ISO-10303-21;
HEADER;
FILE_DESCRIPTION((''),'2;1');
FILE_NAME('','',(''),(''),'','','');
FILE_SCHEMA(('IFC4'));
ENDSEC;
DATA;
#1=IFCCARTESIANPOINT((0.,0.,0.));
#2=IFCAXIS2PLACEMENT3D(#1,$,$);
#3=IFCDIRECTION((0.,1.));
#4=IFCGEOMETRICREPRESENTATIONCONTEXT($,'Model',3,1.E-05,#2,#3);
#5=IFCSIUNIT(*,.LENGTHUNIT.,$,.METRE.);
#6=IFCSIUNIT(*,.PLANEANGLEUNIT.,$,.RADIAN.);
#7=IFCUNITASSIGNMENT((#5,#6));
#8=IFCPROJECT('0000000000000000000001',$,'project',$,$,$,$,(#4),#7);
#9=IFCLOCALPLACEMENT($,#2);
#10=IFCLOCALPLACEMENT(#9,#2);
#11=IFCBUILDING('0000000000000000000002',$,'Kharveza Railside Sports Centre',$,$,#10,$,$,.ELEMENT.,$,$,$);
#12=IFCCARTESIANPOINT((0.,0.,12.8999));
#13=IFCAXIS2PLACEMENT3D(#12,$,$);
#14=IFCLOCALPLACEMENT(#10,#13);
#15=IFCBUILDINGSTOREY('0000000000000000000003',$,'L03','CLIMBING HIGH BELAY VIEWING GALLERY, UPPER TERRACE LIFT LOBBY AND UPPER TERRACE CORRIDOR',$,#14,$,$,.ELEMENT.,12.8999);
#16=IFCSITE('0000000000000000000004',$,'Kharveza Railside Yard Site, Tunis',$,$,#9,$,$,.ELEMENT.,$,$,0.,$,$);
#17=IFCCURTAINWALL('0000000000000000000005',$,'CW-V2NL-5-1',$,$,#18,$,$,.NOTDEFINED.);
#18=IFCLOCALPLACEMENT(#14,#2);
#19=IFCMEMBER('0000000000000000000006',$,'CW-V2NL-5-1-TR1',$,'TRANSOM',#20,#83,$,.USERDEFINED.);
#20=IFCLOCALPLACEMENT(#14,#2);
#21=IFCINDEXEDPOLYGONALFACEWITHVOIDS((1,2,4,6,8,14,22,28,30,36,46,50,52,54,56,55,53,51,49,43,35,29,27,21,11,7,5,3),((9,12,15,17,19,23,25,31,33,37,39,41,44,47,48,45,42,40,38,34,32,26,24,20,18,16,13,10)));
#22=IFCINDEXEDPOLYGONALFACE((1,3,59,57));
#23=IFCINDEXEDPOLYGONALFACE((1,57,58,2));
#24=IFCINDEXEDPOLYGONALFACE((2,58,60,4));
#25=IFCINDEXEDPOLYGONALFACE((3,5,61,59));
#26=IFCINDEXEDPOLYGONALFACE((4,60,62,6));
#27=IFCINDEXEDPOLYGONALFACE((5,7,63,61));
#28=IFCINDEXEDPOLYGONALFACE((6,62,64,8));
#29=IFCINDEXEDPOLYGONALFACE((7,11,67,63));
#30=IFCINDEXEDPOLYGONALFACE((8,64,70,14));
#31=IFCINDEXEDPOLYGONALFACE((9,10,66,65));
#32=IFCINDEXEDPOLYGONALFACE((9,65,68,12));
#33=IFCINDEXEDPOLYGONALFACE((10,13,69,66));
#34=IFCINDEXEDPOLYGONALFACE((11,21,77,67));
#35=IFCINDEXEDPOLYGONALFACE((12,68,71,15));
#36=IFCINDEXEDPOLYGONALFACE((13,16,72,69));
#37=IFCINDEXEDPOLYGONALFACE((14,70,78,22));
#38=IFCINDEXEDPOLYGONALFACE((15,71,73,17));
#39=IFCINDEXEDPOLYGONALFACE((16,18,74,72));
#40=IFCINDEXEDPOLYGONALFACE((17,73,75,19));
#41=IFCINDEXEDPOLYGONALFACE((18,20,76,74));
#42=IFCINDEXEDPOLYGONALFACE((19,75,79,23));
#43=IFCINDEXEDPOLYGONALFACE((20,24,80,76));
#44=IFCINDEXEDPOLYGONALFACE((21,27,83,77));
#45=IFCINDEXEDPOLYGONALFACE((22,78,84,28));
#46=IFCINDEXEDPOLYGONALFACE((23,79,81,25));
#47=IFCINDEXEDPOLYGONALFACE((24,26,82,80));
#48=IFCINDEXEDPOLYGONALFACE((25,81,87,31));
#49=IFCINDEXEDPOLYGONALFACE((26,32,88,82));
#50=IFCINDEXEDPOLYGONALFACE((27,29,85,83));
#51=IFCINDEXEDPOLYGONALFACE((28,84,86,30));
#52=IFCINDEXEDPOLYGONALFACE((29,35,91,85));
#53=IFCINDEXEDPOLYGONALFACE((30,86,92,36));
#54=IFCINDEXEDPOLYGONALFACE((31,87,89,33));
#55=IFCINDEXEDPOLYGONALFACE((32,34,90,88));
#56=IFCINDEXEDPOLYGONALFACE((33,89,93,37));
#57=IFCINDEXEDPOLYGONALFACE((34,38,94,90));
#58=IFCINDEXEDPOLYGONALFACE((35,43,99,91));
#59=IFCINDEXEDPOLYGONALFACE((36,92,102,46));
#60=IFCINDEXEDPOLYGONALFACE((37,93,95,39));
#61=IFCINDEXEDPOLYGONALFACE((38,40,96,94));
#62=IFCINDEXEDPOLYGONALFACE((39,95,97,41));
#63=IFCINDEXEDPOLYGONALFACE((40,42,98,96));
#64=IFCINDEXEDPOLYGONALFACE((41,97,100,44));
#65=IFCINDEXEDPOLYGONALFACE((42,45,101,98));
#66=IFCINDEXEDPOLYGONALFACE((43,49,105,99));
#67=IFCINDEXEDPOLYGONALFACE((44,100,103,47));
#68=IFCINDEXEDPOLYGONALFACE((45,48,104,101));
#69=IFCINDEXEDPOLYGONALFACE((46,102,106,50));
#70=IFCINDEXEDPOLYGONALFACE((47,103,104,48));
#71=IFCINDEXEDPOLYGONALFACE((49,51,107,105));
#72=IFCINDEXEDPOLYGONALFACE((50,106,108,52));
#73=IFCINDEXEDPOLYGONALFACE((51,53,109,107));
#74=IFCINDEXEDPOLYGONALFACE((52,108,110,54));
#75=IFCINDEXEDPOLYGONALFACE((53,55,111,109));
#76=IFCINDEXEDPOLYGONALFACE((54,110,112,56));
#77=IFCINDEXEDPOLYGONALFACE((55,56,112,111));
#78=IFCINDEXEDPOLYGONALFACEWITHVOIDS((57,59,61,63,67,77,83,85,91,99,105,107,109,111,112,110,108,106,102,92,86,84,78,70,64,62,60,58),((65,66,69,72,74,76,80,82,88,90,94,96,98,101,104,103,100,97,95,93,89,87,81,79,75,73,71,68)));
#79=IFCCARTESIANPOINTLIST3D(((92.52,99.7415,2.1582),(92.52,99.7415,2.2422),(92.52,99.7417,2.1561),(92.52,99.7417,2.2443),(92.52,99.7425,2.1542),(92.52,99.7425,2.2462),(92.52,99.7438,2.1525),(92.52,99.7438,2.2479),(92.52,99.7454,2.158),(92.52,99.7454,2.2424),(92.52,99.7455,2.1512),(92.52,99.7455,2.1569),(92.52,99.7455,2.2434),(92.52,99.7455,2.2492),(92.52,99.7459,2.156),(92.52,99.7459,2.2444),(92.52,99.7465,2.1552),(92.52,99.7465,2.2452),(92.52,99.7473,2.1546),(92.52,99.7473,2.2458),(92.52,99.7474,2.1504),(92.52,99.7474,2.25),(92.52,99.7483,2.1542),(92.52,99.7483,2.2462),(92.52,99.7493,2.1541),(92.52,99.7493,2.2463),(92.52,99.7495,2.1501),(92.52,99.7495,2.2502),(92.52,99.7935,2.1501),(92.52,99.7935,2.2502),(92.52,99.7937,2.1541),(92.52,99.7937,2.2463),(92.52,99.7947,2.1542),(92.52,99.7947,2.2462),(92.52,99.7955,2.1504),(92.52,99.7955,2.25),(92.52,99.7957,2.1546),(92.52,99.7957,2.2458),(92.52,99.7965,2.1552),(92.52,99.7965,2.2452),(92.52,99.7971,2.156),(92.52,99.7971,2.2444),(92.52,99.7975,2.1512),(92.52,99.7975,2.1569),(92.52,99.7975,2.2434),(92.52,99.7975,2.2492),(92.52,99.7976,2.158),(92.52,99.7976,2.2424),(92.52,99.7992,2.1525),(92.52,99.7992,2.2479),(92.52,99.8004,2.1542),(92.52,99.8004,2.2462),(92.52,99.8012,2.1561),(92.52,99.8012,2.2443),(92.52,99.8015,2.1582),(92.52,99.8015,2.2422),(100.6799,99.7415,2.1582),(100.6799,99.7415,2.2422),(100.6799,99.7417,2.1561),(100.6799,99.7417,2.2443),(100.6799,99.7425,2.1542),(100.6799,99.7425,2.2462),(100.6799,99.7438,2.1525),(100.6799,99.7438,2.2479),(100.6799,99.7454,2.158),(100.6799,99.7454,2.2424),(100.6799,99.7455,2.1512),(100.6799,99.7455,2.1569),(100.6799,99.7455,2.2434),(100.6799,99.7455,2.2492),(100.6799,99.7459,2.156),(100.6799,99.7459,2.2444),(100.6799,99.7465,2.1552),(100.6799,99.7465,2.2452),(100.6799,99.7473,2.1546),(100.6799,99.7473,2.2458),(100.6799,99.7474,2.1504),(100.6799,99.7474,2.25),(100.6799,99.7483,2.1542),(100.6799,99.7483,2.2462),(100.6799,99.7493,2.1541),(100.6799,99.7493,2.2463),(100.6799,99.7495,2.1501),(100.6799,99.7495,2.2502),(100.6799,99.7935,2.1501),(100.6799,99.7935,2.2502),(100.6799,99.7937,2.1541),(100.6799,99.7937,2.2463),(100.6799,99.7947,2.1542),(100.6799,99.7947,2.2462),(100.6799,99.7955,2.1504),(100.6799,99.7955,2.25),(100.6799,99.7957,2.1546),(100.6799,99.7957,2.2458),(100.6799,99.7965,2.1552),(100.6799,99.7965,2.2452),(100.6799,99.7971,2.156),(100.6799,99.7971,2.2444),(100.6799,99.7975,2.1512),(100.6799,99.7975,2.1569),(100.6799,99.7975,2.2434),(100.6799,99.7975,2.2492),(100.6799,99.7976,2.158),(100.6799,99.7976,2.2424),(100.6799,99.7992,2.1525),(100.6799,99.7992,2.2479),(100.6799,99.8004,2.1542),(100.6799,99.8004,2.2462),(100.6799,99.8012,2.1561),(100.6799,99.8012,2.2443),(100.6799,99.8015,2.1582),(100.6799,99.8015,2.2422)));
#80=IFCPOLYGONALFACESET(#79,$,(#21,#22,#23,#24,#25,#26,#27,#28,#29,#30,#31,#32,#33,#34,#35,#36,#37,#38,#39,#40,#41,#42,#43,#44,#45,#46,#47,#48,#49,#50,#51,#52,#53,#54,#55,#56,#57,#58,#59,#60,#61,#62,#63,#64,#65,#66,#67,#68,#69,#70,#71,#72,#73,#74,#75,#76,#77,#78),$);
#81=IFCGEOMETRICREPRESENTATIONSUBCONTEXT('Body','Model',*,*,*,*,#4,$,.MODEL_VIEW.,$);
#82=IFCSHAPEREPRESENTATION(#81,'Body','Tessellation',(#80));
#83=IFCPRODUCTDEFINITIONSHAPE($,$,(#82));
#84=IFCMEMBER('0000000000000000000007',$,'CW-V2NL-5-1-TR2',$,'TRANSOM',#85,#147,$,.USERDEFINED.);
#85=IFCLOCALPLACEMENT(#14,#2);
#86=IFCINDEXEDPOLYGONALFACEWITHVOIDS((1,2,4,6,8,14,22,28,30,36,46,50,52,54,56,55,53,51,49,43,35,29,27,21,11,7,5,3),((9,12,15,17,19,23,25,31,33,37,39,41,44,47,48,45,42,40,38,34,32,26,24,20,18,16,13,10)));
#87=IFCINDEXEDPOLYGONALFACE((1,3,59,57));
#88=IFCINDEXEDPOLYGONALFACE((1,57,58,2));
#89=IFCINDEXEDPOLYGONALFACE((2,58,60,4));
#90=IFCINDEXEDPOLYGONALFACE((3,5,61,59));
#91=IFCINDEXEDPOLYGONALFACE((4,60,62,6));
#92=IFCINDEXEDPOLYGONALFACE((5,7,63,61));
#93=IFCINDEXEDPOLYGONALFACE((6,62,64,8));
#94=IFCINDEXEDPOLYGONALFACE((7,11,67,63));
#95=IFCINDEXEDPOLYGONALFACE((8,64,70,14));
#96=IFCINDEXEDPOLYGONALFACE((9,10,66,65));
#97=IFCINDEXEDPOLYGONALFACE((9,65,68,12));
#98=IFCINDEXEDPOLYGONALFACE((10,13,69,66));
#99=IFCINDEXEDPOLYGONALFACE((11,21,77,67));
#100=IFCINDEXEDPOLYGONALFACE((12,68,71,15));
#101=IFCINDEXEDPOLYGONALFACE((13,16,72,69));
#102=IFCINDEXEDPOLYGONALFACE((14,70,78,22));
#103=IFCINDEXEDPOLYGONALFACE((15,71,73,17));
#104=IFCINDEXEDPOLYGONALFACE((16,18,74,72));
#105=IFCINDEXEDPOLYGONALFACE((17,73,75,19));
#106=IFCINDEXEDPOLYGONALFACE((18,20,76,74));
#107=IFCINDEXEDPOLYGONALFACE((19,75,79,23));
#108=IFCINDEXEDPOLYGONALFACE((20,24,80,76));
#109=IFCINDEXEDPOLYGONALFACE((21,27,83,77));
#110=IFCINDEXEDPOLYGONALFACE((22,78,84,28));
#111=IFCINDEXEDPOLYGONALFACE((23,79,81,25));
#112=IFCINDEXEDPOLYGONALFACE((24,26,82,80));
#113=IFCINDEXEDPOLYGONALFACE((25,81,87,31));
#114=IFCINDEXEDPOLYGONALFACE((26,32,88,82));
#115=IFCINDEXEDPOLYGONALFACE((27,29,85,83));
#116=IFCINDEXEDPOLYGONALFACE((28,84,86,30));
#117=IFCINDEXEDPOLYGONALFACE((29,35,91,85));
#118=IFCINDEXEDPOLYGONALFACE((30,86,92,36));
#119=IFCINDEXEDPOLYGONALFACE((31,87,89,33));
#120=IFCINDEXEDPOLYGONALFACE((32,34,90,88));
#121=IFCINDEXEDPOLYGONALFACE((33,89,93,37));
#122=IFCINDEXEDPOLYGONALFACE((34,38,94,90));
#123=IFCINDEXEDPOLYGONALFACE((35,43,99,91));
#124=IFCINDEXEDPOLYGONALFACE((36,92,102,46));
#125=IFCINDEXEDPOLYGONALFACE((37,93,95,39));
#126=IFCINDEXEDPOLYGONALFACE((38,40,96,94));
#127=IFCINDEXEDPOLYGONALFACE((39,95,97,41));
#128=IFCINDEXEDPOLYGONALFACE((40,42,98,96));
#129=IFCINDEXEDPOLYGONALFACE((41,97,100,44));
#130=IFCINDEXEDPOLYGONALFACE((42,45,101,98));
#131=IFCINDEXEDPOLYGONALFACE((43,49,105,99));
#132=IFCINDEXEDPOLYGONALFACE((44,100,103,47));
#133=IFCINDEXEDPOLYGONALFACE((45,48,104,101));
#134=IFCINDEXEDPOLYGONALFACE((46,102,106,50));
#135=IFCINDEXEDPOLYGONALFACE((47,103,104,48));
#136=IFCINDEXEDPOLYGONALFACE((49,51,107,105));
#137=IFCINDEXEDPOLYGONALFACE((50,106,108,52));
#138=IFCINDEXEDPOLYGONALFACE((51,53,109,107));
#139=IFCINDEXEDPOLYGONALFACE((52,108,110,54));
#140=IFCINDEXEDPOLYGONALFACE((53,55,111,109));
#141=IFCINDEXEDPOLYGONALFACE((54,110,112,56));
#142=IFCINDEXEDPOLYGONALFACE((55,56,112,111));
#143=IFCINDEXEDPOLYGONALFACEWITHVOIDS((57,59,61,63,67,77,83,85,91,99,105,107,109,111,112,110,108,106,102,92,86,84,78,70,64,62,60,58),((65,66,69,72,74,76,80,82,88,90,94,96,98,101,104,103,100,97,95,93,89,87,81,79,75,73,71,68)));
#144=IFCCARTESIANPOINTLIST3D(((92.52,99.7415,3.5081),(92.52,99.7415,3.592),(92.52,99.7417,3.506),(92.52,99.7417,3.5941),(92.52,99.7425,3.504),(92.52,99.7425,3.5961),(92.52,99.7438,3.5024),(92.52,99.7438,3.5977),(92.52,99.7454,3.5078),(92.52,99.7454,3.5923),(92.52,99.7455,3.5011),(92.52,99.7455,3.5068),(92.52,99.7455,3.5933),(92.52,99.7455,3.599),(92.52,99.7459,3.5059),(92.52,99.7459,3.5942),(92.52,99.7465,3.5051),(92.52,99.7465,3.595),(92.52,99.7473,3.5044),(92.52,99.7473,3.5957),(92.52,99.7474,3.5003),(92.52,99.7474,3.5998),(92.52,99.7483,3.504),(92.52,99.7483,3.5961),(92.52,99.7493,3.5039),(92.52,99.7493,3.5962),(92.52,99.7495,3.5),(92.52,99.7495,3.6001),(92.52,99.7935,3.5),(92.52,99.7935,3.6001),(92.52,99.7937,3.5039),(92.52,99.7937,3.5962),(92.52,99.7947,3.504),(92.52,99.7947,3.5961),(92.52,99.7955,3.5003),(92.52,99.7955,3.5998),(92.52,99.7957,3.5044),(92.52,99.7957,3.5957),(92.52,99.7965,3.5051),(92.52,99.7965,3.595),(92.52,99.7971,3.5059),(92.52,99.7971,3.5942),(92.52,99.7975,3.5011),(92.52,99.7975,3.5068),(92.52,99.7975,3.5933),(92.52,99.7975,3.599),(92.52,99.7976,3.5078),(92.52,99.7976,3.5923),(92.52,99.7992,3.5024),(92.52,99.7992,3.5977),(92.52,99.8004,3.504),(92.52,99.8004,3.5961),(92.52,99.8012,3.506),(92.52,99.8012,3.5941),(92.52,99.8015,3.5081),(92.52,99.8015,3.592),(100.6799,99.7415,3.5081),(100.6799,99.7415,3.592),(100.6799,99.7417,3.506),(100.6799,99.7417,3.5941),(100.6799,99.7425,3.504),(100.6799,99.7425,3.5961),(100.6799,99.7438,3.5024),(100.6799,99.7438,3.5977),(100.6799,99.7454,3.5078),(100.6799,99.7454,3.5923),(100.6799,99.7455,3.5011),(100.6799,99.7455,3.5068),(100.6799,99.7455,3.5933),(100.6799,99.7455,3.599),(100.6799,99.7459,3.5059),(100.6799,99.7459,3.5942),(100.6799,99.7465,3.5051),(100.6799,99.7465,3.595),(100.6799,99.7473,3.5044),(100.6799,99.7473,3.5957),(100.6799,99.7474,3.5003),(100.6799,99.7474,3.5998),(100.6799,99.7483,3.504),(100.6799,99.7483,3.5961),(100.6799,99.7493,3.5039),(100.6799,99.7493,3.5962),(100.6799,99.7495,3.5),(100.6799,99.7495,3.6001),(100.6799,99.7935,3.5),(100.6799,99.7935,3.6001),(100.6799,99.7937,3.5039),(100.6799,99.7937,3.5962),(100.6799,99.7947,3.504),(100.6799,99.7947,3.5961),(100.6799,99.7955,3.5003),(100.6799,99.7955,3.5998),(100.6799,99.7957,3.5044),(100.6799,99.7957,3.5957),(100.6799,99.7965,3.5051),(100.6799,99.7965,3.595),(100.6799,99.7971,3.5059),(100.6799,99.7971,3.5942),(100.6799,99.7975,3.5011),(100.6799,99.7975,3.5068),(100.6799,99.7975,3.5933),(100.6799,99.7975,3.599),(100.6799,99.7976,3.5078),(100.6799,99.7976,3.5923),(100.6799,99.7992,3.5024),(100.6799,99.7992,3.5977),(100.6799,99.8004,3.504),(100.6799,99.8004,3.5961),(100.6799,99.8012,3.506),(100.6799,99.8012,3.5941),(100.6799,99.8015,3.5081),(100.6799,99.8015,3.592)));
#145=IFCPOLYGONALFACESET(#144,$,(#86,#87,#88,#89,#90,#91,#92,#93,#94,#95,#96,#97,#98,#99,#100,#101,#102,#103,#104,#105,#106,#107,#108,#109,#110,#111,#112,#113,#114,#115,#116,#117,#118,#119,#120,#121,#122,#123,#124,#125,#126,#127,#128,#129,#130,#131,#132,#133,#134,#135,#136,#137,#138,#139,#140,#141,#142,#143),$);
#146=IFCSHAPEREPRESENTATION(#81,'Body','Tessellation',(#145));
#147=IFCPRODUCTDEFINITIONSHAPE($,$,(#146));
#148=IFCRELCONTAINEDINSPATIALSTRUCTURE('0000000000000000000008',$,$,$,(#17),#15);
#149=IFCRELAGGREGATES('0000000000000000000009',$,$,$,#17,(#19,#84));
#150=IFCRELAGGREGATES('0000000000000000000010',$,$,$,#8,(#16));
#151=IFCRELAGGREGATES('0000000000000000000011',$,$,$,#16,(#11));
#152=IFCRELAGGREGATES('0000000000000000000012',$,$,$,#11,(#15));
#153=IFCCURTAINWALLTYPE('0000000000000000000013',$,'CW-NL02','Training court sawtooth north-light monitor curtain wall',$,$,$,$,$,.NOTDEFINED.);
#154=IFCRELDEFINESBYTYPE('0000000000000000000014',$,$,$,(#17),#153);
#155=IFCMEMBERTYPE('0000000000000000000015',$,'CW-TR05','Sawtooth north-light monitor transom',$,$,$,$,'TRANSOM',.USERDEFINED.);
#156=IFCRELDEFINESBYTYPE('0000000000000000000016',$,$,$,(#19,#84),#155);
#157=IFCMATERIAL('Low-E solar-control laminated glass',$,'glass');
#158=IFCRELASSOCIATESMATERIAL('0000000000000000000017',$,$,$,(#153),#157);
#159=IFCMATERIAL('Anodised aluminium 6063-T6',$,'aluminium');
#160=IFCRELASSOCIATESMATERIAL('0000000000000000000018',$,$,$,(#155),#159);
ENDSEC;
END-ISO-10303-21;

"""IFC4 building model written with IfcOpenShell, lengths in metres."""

from ifc_helpers import new_model, si_unit, direction, frame, origin, origin_2d, place, context, subcontext, project, spatial, hollow_rectangle, extrude, material, material_profile, profile_set, type_object, element, aggregate, save


model = new_model("IFC4")

# Units and contexts
model_context = context("Model", 3, precision=1e-05, world=origin(), true_north=direction((0.0, 1.0)))
body_context = subcontext(model_context, "Body", "Model", "MODEL_VIEW")
ifc_project = project(units=[si_unit("LENGTHUNIT", "METRE"), si_unit("PLANEANGLEUNIT", "RADIAN")], contexts=[model_context])

# Site, building, storey
site_placement = place(None, origin())
site = spatial("IfcSite", under=ifc_project, at=site_placement, Name="Kharveza Railside Yard Site, Tunis", CompositionType="ELEMENT", RefElevation=0.0)
building_placement = place(site_placement, origin())
building = spatial("IfcBuilding", under=site, at=building_placement, Name="Kharveza Railside Sports Centre", CompositionType="ELEMENT")
storey_placement = place(building_placement, frame((0.0, 0.0, 12.8999)))
storey = spatial("IfcBuildingStorey", under=building, at=storey_placement, Name="L03", Description="CLIMBING HIGH BELAY VIEWING GALLERY, UPPER TERRACE LIFT LOBBY AND UPPER TERRACE CORRIDOR", CompositionType="ELEMENT", Elevation=12.8999)

# Curtain wall, members
ifc_material_1 = material(Name="Low-E solar-control laminated glass", Category="glass")
curtain_wall_type = type_object("IfcCurtainWallType", Name="CW-NL02", Description="Training court sawtooth north-light monitor curtain wall", PredefinedType="NOTDEFINED", material=ifc_material_1)
curtain_wall_placement = place(storey_placement, origin())
curtain_wall = element("IfcCurtainWall", 1, at=curtain_wall_placement, inside=storey, type_object=curtain_wall_type, Name="CW-V2NL-5-1", PredefinedType="NOTDEFINED")
ifc_material_2 = material(Name="Anodised aluminium 6063-T6", Category="aluminium")
ifc_material_profile_1 = material_profile(ifc_material_2, hollow_rectangle(XDim=0.0601, YDim=0.1001, WallThickness=0.0039, InnerFilletRadius=0.0039, OuterFilletRadius=0.0081, at=origin_2d()), Name="RHS 60x100x4.0")
ifc_profile_set_1 = profile_set([ifc_material_profile_1], Name="Anodised aluminium 6063-T6")
member_type_1 = type_object("IfcMemberType", Name="CW-TR05", Description="Sawtooth north-light monitor transom", ElementType="TRANSOM", PredefinedType="USERDEFINED", material=ifc_profile_set_1)
member_1_placement = place(storey_placement, frame((92.52, 99.7715, 2.2002), z_axis=(1.0, 0.0, 0.0), x_axis=(0.0, 1.0, 0.0)))
member_1 = element("IfcMember", 2, at=member_1_placement, type_object=member_type_1, Name="CW-V2NL-5-1-TR1", ObjectType="TRANSOM", PredefinedType="USERDEFINED", context=body_context, shape_type="SweptSolid", body=[
    extrude(hollow_rectangle(XDim=0.0601, YDim=0.1001, WallThickness=0.0039, InnerFilletRadius=0.0039, OuterFilletRadius=0.0081, at=origin_2d()), origin(), (0.0, 0.0, 1.0), 8.1599),
])
member_2_placement = place(storey_placement, frame((92.52, 99.7715, 3.55), z_axis=(1.0, 0.0, 0.0), x_axis=(0.0, 1.0, 0.0)))
member_2 = element("IfcMember", 3, at=member_2_placement, type_object=member_type_1, Name="CW-V2NL-5-1-TR2", ObjectType="TRANSOM", PredefinedType="USERDEFINED", context=body_context, shape_type="SweptSolid", body=[
    extrude(hollow_rectangle(XDim=0.0601, YDim=0.1001, WallThickness=0.0039, InnerFilletRadius=0.0039, OuterFilletRadius=0.0081, at=origin_2d()), origin(), (0.0, 0.0, 1.0), 8.1599),
])

aggregate(curtain_wall, [member_1, member_2])

save(model, "model.ifc")
